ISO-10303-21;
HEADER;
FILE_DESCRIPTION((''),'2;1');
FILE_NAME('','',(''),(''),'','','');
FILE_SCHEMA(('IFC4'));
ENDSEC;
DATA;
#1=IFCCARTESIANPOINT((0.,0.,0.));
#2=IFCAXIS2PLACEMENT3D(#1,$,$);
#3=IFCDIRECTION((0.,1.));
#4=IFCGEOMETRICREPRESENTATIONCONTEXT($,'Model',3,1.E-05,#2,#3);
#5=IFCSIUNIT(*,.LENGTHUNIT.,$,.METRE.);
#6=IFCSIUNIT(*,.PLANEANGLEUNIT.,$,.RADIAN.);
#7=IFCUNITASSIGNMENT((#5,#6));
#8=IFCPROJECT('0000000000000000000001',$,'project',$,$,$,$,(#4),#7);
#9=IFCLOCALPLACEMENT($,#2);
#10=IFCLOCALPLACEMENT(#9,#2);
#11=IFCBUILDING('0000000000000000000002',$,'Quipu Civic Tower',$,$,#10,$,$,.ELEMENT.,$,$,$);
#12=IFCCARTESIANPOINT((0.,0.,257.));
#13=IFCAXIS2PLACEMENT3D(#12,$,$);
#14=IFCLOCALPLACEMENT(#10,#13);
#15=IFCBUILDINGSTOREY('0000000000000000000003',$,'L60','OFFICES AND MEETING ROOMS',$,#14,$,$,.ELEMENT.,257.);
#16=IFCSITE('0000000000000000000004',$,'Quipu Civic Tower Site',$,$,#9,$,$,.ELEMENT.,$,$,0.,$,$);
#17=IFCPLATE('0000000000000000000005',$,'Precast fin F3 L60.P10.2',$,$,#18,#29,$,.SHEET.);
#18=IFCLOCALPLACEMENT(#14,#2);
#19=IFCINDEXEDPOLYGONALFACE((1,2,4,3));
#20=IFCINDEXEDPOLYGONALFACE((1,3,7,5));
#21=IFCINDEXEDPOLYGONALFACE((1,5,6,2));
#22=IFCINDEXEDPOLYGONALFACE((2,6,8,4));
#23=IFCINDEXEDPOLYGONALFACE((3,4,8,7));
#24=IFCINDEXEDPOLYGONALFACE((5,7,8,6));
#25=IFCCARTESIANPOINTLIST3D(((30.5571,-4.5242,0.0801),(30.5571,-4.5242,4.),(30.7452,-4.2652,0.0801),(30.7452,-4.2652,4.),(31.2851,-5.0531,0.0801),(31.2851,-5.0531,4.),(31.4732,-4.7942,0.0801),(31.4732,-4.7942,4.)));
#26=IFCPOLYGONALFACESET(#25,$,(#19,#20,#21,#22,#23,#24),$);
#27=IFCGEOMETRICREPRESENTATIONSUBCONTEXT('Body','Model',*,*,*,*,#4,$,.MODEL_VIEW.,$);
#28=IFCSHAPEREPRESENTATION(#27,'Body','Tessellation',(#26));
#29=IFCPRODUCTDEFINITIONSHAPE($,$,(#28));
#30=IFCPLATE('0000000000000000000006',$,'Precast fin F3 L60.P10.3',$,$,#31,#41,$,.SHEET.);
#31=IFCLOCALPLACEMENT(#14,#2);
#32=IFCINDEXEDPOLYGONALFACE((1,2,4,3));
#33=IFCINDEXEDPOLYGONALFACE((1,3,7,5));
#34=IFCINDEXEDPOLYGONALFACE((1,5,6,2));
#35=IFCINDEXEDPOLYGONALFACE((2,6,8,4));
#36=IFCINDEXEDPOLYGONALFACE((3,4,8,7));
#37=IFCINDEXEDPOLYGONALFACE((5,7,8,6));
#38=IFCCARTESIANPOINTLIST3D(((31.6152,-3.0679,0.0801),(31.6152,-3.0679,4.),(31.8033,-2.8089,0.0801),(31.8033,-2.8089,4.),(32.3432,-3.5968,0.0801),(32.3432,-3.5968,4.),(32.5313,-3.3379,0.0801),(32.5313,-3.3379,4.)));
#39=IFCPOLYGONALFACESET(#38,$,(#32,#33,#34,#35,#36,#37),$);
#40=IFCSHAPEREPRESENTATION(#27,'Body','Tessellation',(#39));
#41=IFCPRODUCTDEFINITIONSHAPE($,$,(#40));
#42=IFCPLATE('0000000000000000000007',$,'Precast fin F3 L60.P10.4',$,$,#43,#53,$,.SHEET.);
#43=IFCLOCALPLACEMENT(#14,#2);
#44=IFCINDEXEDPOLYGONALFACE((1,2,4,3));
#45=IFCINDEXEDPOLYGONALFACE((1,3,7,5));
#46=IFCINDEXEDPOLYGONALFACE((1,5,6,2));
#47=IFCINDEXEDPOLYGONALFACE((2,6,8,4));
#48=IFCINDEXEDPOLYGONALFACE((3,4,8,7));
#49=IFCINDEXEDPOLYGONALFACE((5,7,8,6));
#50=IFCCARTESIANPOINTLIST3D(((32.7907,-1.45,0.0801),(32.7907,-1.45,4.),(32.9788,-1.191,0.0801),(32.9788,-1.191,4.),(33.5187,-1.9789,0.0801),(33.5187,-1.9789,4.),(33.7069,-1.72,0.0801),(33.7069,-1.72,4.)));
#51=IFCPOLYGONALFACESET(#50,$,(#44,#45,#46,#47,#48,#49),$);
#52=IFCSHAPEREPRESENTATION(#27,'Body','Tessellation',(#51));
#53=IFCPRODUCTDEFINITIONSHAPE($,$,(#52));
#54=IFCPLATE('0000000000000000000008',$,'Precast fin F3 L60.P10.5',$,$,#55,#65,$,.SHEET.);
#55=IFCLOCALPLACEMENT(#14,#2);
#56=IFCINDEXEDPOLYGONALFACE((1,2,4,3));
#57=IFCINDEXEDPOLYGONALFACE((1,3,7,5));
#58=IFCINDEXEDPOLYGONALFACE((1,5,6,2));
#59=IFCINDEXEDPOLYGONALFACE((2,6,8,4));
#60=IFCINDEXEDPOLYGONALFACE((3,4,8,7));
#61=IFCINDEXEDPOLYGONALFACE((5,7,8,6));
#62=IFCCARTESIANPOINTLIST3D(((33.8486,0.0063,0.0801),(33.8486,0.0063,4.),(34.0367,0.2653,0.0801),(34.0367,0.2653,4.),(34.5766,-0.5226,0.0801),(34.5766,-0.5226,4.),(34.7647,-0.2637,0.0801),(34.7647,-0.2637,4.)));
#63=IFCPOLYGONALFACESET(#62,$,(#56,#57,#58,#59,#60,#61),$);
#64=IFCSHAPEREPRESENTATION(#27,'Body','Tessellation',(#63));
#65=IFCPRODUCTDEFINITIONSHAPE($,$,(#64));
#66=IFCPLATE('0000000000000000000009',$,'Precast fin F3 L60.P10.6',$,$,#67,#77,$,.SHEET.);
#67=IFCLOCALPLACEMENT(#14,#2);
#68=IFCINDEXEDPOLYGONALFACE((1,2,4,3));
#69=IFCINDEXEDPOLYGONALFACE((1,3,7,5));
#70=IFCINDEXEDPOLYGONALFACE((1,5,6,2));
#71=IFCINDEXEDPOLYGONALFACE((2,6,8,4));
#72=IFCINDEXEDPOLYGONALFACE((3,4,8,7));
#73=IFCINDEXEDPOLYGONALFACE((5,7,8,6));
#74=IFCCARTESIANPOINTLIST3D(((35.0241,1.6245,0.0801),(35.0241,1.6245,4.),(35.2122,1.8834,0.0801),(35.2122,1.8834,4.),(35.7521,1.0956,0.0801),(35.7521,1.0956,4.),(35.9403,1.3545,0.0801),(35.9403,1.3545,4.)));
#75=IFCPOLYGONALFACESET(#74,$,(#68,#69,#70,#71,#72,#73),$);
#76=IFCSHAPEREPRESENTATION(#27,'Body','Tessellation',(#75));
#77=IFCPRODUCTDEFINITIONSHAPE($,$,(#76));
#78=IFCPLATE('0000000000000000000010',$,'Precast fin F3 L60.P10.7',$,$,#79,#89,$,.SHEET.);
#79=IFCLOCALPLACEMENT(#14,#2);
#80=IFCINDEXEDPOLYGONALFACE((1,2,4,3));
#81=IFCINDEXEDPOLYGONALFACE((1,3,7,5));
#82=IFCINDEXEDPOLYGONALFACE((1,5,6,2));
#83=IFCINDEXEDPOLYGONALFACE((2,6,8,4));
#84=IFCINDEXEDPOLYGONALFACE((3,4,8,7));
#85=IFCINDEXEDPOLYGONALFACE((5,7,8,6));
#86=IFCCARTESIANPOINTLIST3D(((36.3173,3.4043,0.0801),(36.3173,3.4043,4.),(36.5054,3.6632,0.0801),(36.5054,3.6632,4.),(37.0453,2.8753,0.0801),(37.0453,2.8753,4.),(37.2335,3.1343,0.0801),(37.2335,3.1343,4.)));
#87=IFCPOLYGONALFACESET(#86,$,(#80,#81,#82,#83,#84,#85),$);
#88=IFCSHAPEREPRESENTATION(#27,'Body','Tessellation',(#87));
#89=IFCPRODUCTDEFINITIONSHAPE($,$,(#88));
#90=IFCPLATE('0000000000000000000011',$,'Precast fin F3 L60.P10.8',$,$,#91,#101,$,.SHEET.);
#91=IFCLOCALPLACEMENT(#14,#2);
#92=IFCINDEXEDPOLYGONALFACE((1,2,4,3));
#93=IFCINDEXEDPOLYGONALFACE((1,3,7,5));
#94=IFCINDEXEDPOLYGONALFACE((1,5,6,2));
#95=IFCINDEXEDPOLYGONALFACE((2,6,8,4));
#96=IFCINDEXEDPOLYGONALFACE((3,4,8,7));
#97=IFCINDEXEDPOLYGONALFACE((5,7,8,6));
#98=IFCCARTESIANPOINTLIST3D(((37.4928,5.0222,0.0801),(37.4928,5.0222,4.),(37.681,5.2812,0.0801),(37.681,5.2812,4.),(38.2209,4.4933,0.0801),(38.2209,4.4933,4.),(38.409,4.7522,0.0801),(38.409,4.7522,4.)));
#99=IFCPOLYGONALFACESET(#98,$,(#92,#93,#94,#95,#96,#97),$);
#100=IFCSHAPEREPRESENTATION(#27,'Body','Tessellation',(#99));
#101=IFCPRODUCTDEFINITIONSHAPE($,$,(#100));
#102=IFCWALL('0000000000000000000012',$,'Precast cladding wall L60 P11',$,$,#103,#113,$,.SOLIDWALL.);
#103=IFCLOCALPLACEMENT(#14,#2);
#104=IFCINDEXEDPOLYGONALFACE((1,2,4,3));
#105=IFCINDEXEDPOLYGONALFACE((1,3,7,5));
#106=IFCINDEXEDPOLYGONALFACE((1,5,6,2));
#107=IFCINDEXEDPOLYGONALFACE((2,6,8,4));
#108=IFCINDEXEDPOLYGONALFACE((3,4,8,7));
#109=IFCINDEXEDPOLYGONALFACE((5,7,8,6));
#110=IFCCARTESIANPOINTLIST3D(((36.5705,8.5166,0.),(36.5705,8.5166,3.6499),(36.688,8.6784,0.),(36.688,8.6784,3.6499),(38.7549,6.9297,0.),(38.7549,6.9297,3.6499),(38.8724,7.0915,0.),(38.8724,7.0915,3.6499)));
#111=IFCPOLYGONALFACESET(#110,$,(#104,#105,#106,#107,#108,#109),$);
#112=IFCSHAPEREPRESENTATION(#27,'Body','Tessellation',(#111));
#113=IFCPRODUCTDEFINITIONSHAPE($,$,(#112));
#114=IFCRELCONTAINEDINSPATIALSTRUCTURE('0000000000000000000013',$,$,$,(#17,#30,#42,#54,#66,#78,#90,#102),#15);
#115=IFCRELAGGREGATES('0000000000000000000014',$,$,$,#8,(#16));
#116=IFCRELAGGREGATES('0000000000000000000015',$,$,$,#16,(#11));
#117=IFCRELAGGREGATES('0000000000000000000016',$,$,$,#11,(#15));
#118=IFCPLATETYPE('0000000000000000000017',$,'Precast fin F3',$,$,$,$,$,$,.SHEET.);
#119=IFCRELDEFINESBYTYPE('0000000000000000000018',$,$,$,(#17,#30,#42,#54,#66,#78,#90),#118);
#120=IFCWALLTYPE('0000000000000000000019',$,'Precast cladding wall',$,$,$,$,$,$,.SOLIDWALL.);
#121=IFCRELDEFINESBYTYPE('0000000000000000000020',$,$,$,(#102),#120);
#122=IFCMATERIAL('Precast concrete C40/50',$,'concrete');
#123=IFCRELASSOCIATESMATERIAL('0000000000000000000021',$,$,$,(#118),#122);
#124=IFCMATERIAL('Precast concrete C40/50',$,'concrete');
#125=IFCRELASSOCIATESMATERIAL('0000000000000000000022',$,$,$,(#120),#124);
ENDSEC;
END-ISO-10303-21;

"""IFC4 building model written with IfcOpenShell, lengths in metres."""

from ifc_helpers import new_model, si_unit, direction, frame, frame_2d, origin, origin_2d, place, context, subcontext, project, spatial, rectangle, extrude, material, type_object, element, save


model = new_model("IFC4")

# Units and contexts
model_context = context("Model", 3, precision=1e-05, world=origin(), true_north=direction((0.0, 1.0)))
body_context = subcontext(model_context, "Body", "Model", "MODEL_VIEW")
ifc_project = project(units=[si_unit("LENGTHUNIT", "METRE"), si_unit("PLANEANGLEUNIT", "RADIAN")], contexts=[model_context])

# Site, building, storey
site_placement = place(None, origin())
site = spatial("IfcSite", under=ifc_project, at=site_placement, Name="Quipu Civic Tower Site", CompositionType="ELEMENT", RefElevation=0.0)
building_placement = place(site_placement, origin())
building = spatial("IfcBuilding", under=site, at=building_placement, Name="Quipu Civic Tower", CompositionType="ELEMENT")
storey_placement = place(building_placement, frame((0.0, 0.0, 257.0)))
storey = spatial("IfcBuildingStorey", under=building, at=storey_placement, Name="L60", Description="OFFICES AND MEETING ROOMS", CompositionType="ELEMENT", Elevation=257.0)

# Plates
ifc_material_1 = material(Name="Precast concrete C40/50", Category="concrete")
plate_type_1 = type_object("IfcPlateType", Name="Precast fin F3", PredefinedType="SHEET", material=ifc_material_1)
for number, where, z_axis, x_axis, name in (
    (1, (31.0151, -4.6592, 0.0801), (0.0, 0.0, 1.0), (0.587787, 0.809016, 0.0), "Precast fin F3 L60.P10.2"),
    (2, (32.0732, -3.2029, 0.0801), (0.0, 0.0, 1.0), (0.587787, 0.809016, 0.0), "Precast fin F3 L60.P10.3"),
    (3, (33.2488, -1.585, 0.0801), (0.0, 0.0, 1.0), (0.587787, 0.809016, 0.0), "Precast fin F3 L60.P10.4"),
    (4, (34.3066, -0.1287, 0.0801), (0.0, 0.0, 1.0), (0.587787, 0.809016, 0.0), "Precast fin F3 L60.P10.5"),
    (5, (35.4822, 1.4895, 0.0801), (0.0, 0.0, 1.0), (0.587787, 0.809016, 0.0), "Precast fin F3 L60.P10.6"),
    (6, (36.7754, 3.2693, 0.0801), (0.0, 0.0, 1.0), (0.587787, 0.809016, 0.0), "Precast fin F3 L60.P10.7"),
    (7, (37.9509, 4.8872, 0.0801), (0.0, 0.0, 1.0), (0.587787, 0.809016, 0.0), "Precast fin F3 L60.P10.8"),
):
    element("IfcPlate", number, at=place(storey_placement, frame(where, z_axis=z_axis, x_axis=x_axis)), inside=storey, type_object=plate_type_1, Name=name, PredefinedType="SHEET", context=body_context, shape_type="SweptSolid", body=[
        extrude(rectangle(XDim=0.3201, YDim=0.8999, at=origin_2d()), origin(), (0.0, 0.0, 1.0), 3.9199),
    ])

# Wall
ifc_material_2 = material(Name="Precast concrete C40/50", Category="concrete")
wall_type = type_object("IfcWallType", Name="Precast cladding wall", PredefinedType="SOLIDWALL", material=ifc_material_2)
wall_placement = place(storey_placement, frame((38.8137, 7.0105, 0.0), z_axis=(0.0, 0.0, 1.0), x_axis=(-0.809033, 0.587763, 0.0)))
element("IfcWall", 8, at=wall_placement, inside=storey, type_object=wall_type, Name="Precast cladding wall L60 P11", PredefinedType="SOLIDWALL", context=body_context, shape_type="SweptSolid", body=[
    extrude(rectangle(XDim=2.7, YDim=0.2, at=frame_2d((1.3501, 0.0))), origin(), (0.0, 0.0, 1.0), 3.6499),
])

save(model, "model.ifc")
